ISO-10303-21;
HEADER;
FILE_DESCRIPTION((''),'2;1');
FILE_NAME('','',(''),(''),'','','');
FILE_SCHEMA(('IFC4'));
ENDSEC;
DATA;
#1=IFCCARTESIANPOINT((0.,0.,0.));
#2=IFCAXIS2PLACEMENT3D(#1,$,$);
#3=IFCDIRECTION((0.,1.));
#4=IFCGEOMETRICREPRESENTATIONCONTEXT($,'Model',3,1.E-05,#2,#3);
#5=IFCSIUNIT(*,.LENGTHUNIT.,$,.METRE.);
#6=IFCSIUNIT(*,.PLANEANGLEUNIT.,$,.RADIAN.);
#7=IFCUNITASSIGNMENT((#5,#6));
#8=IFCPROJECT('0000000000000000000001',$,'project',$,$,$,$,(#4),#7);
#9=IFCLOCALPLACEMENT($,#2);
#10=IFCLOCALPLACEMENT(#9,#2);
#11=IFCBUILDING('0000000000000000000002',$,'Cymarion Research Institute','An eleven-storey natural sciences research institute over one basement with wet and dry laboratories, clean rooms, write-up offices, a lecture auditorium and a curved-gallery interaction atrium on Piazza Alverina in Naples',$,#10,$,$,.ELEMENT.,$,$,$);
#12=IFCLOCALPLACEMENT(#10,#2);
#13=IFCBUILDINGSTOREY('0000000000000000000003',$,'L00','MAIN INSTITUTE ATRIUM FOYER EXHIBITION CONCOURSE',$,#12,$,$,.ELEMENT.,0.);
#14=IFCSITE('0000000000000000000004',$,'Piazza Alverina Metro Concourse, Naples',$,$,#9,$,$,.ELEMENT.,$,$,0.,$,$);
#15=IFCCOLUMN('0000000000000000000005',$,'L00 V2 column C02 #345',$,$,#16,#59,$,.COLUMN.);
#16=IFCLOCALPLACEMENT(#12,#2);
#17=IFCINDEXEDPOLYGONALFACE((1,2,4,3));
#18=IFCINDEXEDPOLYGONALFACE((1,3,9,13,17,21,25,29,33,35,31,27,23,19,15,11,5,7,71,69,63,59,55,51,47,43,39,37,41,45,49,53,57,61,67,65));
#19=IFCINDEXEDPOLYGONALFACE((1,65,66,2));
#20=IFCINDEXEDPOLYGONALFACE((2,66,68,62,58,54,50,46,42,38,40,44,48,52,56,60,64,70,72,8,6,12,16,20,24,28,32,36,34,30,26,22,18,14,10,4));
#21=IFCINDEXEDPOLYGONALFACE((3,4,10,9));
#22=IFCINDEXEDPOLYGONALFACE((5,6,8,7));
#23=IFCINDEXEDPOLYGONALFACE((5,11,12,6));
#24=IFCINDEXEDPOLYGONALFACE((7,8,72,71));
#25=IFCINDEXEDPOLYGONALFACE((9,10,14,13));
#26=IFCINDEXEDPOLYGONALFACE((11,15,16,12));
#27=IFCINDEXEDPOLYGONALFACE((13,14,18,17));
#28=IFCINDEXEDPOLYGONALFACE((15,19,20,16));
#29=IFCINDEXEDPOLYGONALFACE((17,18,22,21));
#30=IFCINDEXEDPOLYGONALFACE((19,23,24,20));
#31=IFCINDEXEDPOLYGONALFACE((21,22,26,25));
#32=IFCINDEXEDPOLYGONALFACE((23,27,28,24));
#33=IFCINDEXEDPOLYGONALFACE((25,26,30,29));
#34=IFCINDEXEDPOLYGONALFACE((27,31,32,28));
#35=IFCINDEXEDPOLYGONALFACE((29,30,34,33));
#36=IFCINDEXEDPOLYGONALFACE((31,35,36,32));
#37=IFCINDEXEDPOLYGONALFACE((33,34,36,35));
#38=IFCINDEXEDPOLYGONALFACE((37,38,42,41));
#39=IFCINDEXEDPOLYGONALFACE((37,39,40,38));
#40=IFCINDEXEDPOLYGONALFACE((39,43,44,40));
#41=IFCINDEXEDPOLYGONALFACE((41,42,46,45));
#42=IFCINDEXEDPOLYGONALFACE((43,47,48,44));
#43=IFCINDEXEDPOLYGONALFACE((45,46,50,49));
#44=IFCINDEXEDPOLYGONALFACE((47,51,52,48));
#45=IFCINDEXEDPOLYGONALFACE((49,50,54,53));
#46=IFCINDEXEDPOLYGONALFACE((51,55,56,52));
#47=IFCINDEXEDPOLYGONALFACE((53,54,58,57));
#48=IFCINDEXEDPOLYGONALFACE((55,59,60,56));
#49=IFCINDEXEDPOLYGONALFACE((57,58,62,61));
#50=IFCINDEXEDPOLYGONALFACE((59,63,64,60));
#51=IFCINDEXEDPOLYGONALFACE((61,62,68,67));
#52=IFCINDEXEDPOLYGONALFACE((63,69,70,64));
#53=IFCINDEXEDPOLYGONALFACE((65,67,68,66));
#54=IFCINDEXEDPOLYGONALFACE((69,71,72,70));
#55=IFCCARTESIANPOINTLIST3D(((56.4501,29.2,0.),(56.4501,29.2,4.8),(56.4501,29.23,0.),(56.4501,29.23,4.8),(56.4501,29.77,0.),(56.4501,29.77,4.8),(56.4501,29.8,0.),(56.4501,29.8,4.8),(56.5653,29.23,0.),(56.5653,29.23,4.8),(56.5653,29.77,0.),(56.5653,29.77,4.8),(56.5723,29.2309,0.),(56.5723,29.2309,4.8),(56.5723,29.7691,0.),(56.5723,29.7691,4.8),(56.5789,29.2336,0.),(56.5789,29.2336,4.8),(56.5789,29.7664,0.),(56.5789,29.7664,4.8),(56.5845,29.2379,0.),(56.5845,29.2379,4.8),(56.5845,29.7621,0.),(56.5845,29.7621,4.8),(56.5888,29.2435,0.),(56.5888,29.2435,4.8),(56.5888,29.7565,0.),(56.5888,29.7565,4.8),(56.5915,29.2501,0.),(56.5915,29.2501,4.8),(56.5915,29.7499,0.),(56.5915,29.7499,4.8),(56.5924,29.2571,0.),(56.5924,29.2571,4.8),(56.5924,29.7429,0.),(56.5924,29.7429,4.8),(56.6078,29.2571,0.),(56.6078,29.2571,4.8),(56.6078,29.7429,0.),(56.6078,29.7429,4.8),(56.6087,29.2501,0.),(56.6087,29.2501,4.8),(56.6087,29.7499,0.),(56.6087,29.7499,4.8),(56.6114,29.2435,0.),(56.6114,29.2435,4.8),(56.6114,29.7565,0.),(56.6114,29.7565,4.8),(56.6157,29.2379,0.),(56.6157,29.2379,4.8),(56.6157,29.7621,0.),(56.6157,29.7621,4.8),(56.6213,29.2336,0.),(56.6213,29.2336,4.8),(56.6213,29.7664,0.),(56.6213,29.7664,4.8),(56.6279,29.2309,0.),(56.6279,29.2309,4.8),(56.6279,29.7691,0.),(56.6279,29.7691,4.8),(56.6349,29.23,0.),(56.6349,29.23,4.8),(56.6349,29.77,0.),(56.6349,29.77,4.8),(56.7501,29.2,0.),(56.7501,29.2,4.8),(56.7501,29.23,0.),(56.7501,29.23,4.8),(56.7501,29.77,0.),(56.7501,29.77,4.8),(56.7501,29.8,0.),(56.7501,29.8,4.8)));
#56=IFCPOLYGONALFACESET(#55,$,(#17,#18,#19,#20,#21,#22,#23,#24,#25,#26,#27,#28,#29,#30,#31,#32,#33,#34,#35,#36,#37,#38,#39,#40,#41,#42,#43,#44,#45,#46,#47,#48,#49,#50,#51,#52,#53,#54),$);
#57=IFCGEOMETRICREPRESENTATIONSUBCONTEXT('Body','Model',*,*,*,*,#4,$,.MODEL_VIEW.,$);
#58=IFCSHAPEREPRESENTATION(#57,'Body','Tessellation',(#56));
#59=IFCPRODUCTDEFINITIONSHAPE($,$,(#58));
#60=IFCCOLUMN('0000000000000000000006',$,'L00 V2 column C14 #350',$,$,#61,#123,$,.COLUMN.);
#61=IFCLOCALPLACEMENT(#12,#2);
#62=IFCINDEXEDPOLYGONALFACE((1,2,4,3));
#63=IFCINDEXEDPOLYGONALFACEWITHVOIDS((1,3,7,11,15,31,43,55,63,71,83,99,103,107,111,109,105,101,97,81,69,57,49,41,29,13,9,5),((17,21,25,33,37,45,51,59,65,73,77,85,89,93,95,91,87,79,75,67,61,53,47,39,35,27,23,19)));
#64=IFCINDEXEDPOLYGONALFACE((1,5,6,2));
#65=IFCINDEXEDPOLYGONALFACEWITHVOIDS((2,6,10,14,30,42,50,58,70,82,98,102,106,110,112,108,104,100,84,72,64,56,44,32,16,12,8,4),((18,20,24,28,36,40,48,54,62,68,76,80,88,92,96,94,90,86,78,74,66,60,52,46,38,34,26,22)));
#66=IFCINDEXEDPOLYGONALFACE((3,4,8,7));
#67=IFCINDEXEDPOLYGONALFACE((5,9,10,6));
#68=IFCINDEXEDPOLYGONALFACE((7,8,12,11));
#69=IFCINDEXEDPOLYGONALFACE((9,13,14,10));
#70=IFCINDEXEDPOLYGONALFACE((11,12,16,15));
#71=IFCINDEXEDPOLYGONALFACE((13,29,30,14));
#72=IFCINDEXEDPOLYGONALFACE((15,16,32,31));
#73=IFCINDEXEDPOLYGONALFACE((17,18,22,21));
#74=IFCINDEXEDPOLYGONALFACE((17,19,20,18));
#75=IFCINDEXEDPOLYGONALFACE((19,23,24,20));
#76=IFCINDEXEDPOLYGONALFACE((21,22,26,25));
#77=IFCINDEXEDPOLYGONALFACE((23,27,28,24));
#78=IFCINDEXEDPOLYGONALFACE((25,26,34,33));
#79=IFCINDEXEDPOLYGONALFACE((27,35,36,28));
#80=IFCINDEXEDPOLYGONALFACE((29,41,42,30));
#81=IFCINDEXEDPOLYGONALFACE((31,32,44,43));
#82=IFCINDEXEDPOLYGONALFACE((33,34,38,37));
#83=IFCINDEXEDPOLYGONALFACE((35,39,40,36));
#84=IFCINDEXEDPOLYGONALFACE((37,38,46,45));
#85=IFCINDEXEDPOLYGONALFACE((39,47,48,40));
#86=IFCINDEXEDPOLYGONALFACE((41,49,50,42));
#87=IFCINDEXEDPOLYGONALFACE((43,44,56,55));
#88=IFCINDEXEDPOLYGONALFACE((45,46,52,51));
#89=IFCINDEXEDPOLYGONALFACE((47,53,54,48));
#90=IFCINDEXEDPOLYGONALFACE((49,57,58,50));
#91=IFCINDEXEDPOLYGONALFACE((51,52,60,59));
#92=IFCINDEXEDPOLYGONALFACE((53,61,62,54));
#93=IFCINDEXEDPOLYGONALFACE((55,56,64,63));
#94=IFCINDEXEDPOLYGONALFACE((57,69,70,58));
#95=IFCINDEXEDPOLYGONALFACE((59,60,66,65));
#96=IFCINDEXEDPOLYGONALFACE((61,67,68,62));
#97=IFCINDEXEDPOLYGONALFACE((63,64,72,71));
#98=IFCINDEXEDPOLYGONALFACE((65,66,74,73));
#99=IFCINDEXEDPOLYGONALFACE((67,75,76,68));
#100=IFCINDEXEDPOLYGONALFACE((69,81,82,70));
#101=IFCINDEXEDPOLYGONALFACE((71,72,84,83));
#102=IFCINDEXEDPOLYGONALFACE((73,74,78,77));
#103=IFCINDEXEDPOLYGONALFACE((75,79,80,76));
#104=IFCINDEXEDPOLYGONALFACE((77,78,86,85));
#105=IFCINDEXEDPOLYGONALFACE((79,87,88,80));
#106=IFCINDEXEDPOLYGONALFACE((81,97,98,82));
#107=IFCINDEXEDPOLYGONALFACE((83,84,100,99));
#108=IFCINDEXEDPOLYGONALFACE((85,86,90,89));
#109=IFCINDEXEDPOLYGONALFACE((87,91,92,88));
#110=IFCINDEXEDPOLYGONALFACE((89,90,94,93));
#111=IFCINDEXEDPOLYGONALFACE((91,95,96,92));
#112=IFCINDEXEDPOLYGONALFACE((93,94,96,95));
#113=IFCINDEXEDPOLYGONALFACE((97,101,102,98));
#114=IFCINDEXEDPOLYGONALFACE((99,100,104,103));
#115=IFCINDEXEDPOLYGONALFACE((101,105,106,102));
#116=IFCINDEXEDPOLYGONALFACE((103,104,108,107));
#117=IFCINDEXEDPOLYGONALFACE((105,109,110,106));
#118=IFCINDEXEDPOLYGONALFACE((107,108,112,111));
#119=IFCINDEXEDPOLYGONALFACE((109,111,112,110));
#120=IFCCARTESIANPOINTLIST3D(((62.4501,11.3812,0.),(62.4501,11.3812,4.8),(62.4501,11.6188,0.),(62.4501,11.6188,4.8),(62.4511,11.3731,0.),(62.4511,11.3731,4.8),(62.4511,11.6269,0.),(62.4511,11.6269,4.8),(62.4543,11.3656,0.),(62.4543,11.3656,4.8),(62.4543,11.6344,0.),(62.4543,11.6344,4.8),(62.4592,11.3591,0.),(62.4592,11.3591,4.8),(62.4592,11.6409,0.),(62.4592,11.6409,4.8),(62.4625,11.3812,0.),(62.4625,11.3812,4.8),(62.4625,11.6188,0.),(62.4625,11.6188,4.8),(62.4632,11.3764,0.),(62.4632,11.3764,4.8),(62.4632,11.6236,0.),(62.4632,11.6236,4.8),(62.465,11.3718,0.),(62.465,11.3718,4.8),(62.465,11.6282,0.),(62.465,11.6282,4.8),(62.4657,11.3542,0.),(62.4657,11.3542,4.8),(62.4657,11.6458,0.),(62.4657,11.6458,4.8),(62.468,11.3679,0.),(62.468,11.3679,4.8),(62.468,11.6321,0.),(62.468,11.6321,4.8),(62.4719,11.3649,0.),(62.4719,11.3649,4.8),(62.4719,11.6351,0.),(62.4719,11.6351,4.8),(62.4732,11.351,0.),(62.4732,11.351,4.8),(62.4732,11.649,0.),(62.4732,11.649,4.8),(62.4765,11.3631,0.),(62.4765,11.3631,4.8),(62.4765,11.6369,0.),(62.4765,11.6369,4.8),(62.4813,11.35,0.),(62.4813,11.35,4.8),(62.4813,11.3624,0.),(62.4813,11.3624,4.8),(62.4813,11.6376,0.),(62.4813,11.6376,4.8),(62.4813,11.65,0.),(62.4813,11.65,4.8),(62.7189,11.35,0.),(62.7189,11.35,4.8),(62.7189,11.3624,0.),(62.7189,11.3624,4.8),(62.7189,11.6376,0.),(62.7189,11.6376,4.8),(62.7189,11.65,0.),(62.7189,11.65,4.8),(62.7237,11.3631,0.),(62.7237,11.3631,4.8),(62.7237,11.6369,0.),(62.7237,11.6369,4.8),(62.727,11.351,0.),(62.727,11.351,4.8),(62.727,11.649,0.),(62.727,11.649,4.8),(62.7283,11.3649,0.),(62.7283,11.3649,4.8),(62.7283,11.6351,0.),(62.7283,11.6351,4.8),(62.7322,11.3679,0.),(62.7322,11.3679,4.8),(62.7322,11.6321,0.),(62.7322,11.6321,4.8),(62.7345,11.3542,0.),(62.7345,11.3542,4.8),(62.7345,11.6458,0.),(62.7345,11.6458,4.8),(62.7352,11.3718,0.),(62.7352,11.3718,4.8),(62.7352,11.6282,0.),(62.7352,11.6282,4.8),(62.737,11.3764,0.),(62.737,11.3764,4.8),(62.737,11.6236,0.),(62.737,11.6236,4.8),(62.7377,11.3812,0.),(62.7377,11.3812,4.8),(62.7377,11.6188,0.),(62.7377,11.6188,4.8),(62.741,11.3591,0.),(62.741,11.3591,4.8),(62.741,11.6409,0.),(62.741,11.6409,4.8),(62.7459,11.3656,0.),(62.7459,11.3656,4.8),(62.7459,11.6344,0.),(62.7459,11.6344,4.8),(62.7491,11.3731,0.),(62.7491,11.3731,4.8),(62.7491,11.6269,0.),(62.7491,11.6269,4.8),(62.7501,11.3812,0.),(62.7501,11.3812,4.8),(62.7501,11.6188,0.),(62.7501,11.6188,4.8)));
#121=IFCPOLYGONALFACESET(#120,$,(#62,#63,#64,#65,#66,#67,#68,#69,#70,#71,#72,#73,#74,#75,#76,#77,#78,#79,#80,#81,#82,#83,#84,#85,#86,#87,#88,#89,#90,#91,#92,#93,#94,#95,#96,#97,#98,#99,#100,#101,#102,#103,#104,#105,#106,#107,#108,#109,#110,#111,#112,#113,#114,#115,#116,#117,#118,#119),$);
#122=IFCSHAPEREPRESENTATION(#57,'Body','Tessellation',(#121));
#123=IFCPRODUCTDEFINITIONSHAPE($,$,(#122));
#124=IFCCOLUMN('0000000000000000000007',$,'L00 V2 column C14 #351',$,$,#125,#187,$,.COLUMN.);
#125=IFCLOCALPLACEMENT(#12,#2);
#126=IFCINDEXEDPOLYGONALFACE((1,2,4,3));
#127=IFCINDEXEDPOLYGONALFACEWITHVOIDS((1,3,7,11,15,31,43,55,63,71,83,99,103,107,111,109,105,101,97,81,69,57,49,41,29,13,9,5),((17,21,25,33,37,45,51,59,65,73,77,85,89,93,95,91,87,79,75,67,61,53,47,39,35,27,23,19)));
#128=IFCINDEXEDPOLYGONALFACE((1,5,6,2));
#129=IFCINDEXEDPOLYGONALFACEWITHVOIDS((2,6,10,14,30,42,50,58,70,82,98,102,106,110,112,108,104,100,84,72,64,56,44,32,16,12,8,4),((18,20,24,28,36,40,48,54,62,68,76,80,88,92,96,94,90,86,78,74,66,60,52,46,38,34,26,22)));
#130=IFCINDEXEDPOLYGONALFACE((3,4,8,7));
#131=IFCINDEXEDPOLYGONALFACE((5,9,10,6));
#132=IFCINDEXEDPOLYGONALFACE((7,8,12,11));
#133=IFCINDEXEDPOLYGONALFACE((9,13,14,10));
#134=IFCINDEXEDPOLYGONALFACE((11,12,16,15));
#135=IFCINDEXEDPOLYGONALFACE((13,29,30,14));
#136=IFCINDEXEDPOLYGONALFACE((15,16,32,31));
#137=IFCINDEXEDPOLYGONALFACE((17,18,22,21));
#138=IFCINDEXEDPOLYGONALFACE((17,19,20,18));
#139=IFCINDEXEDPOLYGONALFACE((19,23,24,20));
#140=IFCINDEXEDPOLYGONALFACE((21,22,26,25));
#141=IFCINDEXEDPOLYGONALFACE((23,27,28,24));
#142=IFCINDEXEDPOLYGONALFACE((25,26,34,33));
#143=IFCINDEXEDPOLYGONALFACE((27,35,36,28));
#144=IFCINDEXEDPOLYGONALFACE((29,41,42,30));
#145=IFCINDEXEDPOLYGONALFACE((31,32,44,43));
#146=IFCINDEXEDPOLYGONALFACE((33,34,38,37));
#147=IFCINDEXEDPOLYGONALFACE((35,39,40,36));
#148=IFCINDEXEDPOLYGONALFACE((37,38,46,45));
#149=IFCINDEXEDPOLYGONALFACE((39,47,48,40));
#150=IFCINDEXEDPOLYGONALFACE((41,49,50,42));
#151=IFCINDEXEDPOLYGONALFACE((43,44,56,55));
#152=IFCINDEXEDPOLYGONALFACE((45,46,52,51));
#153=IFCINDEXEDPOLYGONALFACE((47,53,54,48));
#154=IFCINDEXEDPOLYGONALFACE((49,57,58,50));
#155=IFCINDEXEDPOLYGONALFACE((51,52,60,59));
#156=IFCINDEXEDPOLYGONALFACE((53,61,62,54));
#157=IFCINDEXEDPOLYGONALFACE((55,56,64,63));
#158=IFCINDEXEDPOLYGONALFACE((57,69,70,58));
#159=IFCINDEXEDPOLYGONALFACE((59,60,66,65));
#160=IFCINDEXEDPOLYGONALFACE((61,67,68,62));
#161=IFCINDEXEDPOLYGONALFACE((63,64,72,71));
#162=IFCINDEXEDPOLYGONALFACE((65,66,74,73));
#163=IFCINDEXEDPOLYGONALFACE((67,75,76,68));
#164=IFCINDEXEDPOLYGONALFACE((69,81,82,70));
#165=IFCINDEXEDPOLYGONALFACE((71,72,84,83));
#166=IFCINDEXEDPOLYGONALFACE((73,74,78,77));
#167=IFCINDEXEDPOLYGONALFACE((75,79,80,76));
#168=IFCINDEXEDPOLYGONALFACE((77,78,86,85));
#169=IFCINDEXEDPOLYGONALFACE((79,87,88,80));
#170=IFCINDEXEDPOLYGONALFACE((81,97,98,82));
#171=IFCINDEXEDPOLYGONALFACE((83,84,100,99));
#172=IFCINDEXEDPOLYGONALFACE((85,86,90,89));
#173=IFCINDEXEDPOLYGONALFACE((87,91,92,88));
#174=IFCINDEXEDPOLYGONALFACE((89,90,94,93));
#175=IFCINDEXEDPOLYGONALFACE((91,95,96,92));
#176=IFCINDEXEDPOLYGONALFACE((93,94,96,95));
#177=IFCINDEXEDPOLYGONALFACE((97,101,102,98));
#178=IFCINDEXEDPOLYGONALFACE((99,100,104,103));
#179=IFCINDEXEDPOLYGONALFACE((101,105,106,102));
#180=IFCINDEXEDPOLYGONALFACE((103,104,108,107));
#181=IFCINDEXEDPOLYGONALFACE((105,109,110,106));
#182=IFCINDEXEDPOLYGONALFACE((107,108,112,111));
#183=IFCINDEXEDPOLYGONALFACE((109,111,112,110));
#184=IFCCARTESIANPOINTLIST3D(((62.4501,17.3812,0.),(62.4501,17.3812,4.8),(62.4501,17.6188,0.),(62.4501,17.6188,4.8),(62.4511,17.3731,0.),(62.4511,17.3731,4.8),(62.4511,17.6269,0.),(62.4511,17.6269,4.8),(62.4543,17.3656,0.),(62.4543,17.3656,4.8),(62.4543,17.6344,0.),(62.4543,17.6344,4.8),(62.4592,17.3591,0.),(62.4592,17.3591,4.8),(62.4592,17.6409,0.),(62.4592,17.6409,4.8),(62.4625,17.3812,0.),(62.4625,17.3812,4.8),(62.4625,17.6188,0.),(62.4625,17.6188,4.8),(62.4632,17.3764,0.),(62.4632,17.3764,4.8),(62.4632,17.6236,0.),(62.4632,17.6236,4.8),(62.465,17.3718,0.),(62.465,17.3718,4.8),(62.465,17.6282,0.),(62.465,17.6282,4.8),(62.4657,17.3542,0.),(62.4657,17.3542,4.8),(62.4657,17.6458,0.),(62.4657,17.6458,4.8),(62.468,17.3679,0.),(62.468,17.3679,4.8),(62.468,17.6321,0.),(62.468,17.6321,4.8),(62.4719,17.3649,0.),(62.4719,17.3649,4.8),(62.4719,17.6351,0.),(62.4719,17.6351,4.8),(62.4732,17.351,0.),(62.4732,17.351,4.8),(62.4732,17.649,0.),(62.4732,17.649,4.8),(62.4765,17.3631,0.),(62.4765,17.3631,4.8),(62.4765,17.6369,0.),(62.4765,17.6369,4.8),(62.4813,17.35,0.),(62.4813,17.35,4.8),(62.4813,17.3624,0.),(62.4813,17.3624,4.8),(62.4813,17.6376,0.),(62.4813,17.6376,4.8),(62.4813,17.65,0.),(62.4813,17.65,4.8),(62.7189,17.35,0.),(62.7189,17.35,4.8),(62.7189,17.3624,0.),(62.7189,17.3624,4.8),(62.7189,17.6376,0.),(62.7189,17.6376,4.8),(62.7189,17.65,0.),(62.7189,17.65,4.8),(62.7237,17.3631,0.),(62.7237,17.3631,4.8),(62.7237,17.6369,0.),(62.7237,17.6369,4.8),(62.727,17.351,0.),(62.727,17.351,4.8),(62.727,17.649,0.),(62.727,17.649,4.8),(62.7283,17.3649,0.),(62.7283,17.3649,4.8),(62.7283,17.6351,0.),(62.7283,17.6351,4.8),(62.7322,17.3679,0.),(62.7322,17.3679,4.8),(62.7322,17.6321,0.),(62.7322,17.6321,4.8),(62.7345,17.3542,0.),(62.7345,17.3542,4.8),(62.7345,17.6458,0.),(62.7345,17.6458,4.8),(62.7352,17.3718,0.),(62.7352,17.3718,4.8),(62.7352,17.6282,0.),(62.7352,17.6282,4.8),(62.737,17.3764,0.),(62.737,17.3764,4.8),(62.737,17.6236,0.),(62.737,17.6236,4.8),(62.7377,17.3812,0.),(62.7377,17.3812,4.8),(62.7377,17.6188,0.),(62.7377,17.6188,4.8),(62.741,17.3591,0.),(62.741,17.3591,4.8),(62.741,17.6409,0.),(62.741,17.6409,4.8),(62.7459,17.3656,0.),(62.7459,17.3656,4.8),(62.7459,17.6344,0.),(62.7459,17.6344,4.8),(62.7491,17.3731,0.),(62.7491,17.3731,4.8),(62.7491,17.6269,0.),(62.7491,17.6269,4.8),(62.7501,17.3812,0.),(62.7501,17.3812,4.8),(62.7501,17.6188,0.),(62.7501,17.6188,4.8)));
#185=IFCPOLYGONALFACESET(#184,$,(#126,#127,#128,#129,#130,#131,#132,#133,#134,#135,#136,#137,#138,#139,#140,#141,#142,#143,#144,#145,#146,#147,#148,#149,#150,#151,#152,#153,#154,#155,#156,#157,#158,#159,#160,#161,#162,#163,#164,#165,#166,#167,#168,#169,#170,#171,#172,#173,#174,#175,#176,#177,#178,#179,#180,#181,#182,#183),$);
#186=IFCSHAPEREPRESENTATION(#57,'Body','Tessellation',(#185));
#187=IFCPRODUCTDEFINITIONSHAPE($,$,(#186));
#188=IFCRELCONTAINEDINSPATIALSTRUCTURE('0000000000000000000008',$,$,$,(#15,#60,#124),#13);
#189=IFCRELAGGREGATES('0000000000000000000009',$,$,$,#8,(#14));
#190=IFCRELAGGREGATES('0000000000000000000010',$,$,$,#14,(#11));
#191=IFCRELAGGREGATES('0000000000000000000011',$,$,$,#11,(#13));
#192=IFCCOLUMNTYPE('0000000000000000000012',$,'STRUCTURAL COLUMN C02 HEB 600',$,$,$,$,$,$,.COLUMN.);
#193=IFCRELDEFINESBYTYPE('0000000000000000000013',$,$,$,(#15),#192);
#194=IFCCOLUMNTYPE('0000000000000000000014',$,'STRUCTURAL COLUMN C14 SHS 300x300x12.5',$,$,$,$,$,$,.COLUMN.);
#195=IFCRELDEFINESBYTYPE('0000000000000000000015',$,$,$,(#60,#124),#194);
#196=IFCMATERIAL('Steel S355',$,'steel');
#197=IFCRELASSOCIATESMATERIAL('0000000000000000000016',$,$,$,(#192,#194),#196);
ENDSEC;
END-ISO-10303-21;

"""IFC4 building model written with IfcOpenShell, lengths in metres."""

from ifc_helpers import new_model, si_unit, direction, frame, origin, origin_2d, place, context, subcontext, project, spatial, hollow_rectangle, i_section, extrude, material, material_profile, profile_set, type_object, element, save


model = new_model("IFC4")

# Units and contexts
model_context = context("Model", 3, precision=1e-05, world=origin(), true_north=direction((0.0, 1.0)))
body_context = subcontext(model_context, "Body", "Model", "MODEL_VIEW")
ifc_project = project(units=[si_unit("LENGTHUNIT", "METRE"), si_unit("PLANEANGLEUNIT", "RADIAN")], contexts=[model_context])

# Site, building, storey
site_placement = place(None, origin())
site = spatial("IfcSite", under=ifc_project, at=site_placement, Name="Piazza Alverina Metro Concourse, Naples", CompositionType="ELEMENT", RefElevation=0.0)
building_placement = place(site_placement, origin())
building = spatial("IfcBuilding", under=site, at=building_placement, Name="Cymarion Research Institute", Description="An eleven-storey natural sciences research institute over one basement with wet and dry laboratories, clean rooms, write-up offices, a lecture auditorium and a curved-gallery interaction atrium on Piazza Alverina in Naples", CompositionType="ELEMENT")
storey_placement = place(building_placement, origin())
storey = spatial("IfcBuildingStorey", under=building, at=storey_placement, Name="L00", Description="MAIN INSTITUTE ATRIUM FOYER EXHIBITION CONCOURSE", CompositionType="ELEMENT", Elevation=0.0)

# Columns
ifc_material_1 = material(Name="Steel S355", Category="steel")
ifc_material_profile_1 = material_profile(ifc_material_1, i_section(OverallWidth=0.3, OverallDepth=0.6001, WebThickness=0.0154, FlangeThickness=0.03, FilletRadius=0.0271, at=origin_2d()), Name="HEB 600")
ifc_profile_set_1 = profile_set([ifc_material_profile_1], Name="Steel S355")
column_type_1 = type_object("IfcColumnType", Name="STRUCTURAL COLUMN C02 HEB 600", PredefinedType="COLUMN", material=ifc_profile_set_1)
column_placement = place(storey_placement, frame((56.6001, 29.5, 0.0), z_axis=(0.0, 0.0, 1.0), x_axis=(1.0, 0.0, 0.0)))
element("IfcColumn", 1, at=column_placement, inside=storey, type_object=column_type_1, Name="L00 V2 column C02 #345", PredefinedType="COLUMN", context=body_context, shape_type="SweptSolid", body=[
    extrude(i_section(OverallWidth=0.3, OverallDepth=0.6001, WebThickness=0.0154, FlangeThickness=0.03, FilletRadius=0.0271, at=origin_2d()), origin(), (0.0, 0.0, 1.0), 4.8),
])
ifc_material_profile_2 = material_profile(ifc_material_1, hollow_rectangle(XDim=0.3, YDim=0.3, WallThickness=0.0125, InnerFilletRadius=0.0188, OuterFilletRadius=0.0312, at=origin_2d()), Name="SHS 300x300x12.5")
ifc_profile_set_2 = profile_set([ifc_material_profile_2], Name="Steel S355")
column_type_2 = type_object("IfcColumnType", Name="STRUCTURAL COLUMN C14 SHS 300x300x12.5", PredefinedType="COLUMN", material=ifc_profile_set_2)
for number, where, z_axis, x_axis, name in (
    (2, (62.6001, 11.5, 0.0), (0.0, 0.0, 1.0), (1.0, 0.0, 0.0), "L00 V2 column C14 #350"),
    (3, (62.6001, 17.5, 0.0), (0.0, 0.0, 1.0), (1.0, 0.0, 0.0), "L00 V2 column C14 #351"),
):
    element("IfcColumn", number, at=place(storey_placement, frame(where, z_axis=z_axis, x_axis=x_axis)), inside=storey, type_object=column_type_2, Name=name, PredefinedType="COLUMN", context=body_context, shape_type="SweptSolid", body=[
        extrude(hollow_rectangle(XDim=0.3, YDim=0.3, WallThickness=0.0125, InnerFilletRadius=0.0188, OuterFilletRadius=0.0312, at=origin_2d()), origin(), (0.0, 0.0, 1.0), 4.8),
    ])

save(model, "model.ifc")
